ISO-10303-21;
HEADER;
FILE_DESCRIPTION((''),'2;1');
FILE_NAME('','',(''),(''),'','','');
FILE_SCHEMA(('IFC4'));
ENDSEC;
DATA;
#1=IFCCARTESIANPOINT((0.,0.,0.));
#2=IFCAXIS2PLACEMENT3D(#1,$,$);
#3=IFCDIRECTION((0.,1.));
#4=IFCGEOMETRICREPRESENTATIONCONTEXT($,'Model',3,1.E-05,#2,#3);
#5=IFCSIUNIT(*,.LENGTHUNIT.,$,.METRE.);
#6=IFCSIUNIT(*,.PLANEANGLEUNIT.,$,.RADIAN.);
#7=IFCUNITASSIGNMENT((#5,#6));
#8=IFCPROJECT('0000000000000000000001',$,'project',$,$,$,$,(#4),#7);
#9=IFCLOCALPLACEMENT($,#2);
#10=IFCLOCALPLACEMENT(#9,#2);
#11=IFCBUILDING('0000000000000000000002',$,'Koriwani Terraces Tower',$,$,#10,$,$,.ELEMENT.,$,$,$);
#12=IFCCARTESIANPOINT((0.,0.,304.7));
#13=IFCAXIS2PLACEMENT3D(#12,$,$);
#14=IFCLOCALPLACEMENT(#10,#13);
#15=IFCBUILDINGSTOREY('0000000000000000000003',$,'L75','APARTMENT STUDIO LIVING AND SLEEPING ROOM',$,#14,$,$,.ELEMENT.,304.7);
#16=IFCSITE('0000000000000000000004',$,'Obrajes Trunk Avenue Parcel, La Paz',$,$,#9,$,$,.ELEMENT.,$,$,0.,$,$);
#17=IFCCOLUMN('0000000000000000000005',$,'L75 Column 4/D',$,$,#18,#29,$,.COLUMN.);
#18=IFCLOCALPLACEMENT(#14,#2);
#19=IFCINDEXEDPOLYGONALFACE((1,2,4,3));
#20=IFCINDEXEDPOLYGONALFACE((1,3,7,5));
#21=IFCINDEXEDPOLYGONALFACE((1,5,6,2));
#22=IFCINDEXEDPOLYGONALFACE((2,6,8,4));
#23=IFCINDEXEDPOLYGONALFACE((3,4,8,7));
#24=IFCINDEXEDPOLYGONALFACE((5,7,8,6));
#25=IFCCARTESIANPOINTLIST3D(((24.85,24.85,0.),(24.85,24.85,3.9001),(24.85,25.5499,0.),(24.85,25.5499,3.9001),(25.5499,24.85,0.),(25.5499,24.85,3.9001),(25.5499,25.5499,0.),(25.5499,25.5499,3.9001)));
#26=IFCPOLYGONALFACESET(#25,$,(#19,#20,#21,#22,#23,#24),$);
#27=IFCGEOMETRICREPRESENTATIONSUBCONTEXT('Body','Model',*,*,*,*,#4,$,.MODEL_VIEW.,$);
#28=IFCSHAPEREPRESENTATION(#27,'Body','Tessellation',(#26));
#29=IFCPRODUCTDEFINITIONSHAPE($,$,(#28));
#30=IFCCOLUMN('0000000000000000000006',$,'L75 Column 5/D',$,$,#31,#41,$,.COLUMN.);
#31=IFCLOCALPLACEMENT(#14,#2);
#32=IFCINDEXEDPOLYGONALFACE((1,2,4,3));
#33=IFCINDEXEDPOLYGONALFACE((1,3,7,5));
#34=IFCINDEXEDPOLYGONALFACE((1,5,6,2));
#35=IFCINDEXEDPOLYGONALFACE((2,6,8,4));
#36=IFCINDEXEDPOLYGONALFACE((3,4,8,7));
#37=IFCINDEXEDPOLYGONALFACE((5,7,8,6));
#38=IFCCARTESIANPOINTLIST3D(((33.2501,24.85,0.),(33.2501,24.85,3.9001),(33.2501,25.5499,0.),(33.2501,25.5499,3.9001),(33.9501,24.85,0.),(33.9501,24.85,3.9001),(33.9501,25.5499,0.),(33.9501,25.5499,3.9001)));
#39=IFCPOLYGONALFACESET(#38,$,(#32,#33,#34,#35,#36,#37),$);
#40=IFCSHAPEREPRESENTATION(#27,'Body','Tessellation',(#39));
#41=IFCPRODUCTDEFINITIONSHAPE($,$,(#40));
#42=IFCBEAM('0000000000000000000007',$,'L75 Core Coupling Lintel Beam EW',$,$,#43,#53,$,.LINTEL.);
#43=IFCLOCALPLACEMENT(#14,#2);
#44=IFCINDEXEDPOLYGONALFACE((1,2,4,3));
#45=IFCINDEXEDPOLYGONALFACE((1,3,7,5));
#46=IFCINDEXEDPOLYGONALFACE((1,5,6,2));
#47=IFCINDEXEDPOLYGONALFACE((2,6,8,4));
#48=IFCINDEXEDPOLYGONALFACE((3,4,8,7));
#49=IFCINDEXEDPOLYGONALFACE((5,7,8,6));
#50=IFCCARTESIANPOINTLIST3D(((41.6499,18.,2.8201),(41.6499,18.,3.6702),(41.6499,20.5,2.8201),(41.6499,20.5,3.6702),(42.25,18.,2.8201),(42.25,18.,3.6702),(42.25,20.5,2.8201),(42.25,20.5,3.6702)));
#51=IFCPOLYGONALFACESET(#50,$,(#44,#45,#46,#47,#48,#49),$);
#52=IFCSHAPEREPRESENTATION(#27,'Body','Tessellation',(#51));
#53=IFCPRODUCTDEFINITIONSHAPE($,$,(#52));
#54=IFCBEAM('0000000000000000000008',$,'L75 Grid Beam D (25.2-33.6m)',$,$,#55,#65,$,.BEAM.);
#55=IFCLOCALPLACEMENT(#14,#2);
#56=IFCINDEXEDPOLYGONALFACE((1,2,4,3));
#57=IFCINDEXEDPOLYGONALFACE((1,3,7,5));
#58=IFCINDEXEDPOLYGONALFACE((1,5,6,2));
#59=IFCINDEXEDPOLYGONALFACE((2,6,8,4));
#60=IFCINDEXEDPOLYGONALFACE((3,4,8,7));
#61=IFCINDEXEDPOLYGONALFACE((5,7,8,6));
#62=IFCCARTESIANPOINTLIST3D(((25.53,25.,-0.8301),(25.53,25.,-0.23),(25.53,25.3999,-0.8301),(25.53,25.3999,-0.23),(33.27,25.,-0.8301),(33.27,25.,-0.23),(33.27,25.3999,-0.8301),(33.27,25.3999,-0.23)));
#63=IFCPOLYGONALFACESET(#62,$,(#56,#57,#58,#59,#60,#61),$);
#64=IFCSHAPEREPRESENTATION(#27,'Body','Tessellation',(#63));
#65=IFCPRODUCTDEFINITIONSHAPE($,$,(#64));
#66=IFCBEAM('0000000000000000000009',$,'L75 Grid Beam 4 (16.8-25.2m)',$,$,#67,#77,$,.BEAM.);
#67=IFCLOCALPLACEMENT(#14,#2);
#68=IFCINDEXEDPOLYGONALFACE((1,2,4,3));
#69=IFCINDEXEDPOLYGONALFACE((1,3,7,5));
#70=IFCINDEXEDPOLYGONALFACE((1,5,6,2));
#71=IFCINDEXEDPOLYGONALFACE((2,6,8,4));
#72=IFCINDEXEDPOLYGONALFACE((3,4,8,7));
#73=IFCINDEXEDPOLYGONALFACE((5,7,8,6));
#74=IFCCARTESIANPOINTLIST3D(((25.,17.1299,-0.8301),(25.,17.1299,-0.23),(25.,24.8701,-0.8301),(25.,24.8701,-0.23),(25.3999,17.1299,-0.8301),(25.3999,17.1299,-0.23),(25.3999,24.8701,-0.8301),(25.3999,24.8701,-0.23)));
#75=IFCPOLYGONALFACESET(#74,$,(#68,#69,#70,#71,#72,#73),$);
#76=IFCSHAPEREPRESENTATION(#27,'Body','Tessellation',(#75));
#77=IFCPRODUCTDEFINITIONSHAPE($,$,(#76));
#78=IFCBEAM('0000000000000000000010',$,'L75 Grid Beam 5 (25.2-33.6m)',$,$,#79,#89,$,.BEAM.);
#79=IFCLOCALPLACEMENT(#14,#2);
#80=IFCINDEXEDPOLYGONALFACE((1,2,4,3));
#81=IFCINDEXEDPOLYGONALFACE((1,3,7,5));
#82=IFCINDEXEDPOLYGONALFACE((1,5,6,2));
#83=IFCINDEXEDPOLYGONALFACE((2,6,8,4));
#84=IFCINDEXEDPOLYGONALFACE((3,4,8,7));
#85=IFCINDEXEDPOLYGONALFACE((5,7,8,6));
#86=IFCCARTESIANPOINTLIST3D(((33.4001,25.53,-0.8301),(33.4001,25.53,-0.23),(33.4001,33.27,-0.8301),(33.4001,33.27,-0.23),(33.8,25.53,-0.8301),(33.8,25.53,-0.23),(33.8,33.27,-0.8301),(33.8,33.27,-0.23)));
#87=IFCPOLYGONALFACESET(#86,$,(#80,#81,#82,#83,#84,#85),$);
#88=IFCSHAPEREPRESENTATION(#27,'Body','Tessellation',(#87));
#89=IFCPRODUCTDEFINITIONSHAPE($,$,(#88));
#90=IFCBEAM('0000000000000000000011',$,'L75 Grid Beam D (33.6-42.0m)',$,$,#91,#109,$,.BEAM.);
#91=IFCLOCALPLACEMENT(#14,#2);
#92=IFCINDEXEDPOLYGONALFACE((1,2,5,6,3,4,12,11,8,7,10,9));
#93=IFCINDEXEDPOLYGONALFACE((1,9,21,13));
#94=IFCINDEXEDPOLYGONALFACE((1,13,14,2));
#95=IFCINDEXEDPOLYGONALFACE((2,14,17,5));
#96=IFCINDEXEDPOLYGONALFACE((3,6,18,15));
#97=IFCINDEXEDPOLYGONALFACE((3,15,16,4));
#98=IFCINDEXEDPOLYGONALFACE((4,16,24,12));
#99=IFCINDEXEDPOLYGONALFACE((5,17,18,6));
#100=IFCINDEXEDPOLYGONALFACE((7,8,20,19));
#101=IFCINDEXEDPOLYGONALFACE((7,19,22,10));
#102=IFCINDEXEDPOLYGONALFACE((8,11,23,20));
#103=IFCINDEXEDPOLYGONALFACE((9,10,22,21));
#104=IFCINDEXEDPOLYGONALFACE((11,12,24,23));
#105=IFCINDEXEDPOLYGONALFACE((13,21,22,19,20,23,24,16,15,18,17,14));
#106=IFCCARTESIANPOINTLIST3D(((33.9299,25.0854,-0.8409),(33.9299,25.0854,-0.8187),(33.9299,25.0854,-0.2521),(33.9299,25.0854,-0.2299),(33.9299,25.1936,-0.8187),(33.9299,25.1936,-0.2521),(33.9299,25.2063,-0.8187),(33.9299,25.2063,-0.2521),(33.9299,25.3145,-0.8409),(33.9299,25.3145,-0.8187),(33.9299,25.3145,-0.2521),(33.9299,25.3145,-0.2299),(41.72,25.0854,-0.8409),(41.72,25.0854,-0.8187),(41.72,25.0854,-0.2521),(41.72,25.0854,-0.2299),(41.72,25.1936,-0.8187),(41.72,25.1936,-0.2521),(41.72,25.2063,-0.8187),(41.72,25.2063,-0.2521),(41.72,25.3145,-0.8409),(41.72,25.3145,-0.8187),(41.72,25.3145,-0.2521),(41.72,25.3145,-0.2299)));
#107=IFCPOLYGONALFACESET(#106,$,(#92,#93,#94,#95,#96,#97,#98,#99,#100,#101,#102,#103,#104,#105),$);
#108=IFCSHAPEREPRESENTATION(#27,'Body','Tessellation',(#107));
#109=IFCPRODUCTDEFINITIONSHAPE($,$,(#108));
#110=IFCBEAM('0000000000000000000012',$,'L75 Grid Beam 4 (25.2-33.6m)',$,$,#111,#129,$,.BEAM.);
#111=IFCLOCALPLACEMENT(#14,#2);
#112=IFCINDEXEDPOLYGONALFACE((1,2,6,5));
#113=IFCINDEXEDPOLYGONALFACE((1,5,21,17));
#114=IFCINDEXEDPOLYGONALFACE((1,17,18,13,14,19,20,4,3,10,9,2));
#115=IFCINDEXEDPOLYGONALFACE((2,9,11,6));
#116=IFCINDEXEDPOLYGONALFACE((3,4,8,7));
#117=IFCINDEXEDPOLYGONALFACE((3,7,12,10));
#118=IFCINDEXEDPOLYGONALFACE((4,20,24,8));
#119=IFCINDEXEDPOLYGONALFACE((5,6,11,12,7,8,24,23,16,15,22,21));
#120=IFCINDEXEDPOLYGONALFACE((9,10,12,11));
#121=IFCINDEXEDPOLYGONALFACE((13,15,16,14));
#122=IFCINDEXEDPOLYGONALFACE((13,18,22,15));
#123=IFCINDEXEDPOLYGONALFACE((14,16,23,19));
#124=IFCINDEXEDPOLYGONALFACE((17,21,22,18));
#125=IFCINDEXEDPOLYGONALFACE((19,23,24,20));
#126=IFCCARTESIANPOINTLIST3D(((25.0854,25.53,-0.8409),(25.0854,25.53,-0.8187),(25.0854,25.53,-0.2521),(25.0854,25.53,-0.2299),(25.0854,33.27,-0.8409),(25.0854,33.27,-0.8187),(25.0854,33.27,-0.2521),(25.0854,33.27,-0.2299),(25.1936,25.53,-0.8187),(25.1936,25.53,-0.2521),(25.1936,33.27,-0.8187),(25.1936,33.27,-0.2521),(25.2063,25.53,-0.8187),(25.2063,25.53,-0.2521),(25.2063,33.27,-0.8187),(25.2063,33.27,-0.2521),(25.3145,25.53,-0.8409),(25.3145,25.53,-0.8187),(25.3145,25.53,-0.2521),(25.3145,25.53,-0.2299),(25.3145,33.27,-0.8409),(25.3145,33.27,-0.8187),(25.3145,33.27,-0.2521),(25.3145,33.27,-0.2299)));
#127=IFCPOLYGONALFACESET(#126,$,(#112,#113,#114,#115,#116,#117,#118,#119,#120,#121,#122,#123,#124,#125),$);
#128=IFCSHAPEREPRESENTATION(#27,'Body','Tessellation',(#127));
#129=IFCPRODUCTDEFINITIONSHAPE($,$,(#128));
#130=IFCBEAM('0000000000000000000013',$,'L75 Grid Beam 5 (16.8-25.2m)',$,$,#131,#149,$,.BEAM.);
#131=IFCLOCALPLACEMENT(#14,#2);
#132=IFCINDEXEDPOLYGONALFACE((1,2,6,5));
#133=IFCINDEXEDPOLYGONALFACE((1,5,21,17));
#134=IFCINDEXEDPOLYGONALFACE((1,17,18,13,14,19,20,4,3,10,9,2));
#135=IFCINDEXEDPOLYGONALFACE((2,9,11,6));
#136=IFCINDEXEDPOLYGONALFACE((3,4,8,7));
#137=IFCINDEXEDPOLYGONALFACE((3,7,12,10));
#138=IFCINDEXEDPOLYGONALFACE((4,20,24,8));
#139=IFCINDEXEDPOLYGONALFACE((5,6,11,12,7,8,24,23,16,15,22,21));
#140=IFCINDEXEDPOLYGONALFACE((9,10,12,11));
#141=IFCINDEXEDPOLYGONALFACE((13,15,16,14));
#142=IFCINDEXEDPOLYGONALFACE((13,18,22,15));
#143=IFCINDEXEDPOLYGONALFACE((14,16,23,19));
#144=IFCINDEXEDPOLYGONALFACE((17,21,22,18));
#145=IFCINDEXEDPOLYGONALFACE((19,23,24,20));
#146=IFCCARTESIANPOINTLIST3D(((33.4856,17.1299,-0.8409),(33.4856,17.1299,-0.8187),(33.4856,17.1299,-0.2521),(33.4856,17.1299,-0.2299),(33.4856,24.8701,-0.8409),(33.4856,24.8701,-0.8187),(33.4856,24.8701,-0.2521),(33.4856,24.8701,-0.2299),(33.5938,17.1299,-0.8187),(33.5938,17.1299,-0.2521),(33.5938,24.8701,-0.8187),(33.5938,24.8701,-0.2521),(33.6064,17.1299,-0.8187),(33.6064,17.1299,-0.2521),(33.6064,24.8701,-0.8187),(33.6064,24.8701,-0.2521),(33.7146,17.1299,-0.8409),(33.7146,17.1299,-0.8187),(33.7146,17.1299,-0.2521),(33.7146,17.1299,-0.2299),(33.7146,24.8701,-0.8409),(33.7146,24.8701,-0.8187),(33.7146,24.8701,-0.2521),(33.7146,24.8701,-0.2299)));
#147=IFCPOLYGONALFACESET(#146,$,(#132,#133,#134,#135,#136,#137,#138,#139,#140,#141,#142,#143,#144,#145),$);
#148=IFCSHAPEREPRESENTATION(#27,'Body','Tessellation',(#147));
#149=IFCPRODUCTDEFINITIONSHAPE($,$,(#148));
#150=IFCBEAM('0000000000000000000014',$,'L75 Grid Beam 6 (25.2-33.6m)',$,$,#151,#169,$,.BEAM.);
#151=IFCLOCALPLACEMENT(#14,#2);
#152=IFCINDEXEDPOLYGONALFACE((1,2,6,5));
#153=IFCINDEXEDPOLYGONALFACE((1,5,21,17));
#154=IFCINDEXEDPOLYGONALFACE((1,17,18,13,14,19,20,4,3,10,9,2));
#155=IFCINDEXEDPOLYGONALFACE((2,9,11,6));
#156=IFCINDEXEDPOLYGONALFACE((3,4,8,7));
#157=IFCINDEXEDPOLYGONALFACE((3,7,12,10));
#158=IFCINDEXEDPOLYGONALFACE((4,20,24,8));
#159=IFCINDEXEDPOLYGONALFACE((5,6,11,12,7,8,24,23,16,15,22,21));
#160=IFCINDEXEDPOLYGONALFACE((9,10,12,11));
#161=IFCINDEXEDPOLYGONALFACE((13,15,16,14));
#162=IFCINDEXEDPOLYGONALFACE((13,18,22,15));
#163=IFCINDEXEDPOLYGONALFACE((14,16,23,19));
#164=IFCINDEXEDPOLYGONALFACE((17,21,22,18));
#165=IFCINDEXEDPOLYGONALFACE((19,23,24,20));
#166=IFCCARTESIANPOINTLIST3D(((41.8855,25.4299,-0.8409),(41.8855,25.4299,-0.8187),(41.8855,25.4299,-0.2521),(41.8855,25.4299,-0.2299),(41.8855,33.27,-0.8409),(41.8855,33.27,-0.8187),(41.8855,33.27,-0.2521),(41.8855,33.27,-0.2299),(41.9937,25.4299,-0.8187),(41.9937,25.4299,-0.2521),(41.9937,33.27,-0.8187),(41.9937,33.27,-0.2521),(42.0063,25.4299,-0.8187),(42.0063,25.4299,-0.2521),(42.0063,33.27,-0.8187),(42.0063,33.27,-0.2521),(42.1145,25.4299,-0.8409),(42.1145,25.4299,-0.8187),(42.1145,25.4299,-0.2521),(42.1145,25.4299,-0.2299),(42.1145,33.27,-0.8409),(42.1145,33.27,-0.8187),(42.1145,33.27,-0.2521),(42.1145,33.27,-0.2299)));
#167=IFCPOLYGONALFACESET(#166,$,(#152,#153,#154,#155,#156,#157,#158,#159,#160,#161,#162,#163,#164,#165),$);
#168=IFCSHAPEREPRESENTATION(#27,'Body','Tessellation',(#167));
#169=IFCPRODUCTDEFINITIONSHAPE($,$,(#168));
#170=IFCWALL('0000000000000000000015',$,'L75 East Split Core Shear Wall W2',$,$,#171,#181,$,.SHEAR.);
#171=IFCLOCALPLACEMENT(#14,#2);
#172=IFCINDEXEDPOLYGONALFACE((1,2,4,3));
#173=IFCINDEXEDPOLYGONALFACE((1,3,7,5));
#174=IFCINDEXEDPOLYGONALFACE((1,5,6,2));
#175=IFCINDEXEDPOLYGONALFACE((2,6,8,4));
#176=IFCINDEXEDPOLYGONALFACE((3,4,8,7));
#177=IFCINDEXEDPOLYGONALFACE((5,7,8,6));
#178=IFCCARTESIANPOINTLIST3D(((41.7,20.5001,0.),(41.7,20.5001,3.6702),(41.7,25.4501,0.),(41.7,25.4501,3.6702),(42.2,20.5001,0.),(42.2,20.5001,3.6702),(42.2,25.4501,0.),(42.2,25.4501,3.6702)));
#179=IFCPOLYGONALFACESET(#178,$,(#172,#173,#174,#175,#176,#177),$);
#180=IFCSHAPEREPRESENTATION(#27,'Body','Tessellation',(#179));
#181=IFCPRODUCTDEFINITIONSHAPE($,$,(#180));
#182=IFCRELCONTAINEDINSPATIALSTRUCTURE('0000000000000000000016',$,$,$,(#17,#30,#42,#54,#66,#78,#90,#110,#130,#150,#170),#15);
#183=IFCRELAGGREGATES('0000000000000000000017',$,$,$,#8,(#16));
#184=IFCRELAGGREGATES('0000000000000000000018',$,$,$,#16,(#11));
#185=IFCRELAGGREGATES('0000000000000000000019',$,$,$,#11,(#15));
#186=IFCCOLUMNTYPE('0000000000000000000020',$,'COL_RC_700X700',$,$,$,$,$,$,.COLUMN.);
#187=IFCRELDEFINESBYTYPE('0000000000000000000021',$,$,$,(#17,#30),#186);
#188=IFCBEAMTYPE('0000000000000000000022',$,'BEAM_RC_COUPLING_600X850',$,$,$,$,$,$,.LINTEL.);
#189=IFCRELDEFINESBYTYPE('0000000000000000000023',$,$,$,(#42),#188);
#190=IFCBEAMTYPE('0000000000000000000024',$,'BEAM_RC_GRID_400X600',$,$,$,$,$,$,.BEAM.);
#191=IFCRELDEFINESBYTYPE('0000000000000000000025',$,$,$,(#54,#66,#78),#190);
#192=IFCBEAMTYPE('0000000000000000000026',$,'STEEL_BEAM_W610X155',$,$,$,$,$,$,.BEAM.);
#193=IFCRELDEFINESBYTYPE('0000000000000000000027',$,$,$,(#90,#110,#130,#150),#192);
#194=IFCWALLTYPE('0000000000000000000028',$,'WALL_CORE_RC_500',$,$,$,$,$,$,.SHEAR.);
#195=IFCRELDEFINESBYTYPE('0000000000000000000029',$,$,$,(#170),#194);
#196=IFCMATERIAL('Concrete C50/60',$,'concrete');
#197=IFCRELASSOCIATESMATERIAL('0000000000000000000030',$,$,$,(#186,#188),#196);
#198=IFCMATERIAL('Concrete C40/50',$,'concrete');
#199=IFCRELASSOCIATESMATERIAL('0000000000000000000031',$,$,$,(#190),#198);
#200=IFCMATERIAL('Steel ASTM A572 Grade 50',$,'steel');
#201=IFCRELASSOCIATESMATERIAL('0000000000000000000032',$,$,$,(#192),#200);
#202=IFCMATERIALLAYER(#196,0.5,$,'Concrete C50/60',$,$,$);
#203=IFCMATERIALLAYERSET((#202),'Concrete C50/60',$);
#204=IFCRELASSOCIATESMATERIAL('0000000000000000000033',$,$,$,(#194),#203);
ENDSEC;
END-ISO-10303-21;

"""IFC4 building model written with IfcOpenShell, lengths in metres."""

from ifc_helpers import new_model, si_unit, direction, frame, frame_2d, origin, origin_2d, place, context, subcontext, project, spatial, rectangle, i_section, extrude, material, layer, layer_set, material_profile, profile_set, type_object, element, save


model = new_model("IFC4")

# Units and contexts
model_context = context("Model", 3, precision=1e-05, world=origin(), true_north=direction((0.0, 1.0)))
body_context = subcontext(model_context, "Body", "Model", "MODEL_VIEW")
ifc_project = project(units=[si_unit("LENGTHUNIT", "METRE"), si_unit("PLANEANGLEUNIT", "RADIAN")], contexts=[model_context])

# Site, building, storey
site_placement = place(None, origin())
site = spatial("IfcSite", under=ifc_project, at=site_placement, Name="Obrajes Trunk Avenue Parcel, La Paz", CompositionType="ELEMENT", RefElevation=0.0)
building_placement = place(site_placement, origin())
building = spatial("IfcBuilding", under=site, at=building_placement, Name="Koriwani Terraces Tower", CompositionType="ELEMENT")
storey_placement = place(building_placement, frame((0.0, 0.0, 304.7)))
storey = spatial("IfcBuildingStorey", under=building, at=storey_placement, Name="L75", Description="APARTMENT STUDIO LIVING AND SLEEPING ROOM", CompositionType="ELEMENT", Elevation=304.7)

# Columns
ifc_material_1 = material(Name="Concrete C50/60", Category="concrete")
ifc_material_profile_1 = material_profile(ifc_material_1, rectangle(XDim=0.7, YDim=0.7, at=origin_2d()), Name="Concrete C50/60", Category="LoadBearing")
ifc_profile_set_1 = profile_set([ifc_material_profile_1], Name="Concrete C50/60")
column_type = type_object("IfcColumnType", Name="COL_RC_700X700", PredefinedType="COLUMN", material=ifc_profile_set_1)
for number, where, z_axis, x_axis, name in (
    (1, (25.2, 25.2, 0.0), (0.0, 0.0, 1.0), (1.0, 0.0, 0.0), "L75 Column 4/D"),
    (2, (33.6001, 25.2, 0.0), (0.0, 0.0, 1.0), (1.0, 0.0, 0.0), "L75 Column 5/D"),
):
    element("IfcColumn", number, at=place(storey_placement, frame(where, z_axis=z_axis, x_axis=x_axis)), inside=storey, type_object=column_type, Name=name, PredefinedType="COLUMN", context=body_context, shape_type="SweptSolid", body=[
        extrude(rectangle(XDim=0.7, YDim=0.7, at=origin_2d()), origin(), (0.0, 0.0, 1.0), 3.9001),
    ])

# Beams
ifc_material_profile_2 = material_profile(ifc_material_1, rectangle(XDim=0.6001, YDim=0.8501, at=origin_2d()), Name="Concrete C50/60", Category="LoadBearing")
ifc_profile_set_2 = profile_set([ifc_material_profile_2], Name="Concrete C50/60")
beam_type_1 = type_object("IfcBeamType", Name="BEAM_RC_COUPLING_600X850", PredefinedType="LINTEL", material=ifc_profile_set_2)
beam_1_placement = place(storey_placement, frame((41.95, 18.0, 3.2451), z_axis=(0.0, 1.0, 0.0), x_axis=(-1.0, 0.0, 0.0)))
element("IfcBeam", 3, at=beam_1_placement, inside=storey, type_object=beam_type_1, Name="L75 Core Coupling Lintel Beam EW", PredefinedType="LINTEL", context=body_context, shape_type="SweptSolid", body=[
    extrude(rectangle(XDim=0.6001, YDim=0.8501, at=origin_2d()), origin(), (0.0, 0.0, 1.0), 2.5),
])
ifc_material_2 = material(Name="Concrete C40/50", Category="concrete")
ifc_material_profile_3 = material_profile(ifc_material_2, rectangle(XDim=0.3999, YDim=0.6001, at=origin_2d()), Name="Concrete C40/50", Category="LoadBearing")
ifc_profile_set_3 = profile_set([ifc_material_profile_3], Name="Concrete C40/50")
beam_type_2 = type_object("IfcBeamType", Name="BEAM_RC_GRID_400X600", PredefinedType="BEAM", material=ifc_profile_set_3)
beam_2_placement = place(storey_placement, frame((25.53, 25.2, -0.53), z_axis=(1.0, 0.0, 0.0), x_axis=(0.0, 1.0, 0.0)))
element("IfcBeam", 4, at=beam_2_placement, inside=storey, type_object=beam_type_2, Name="L75 Grid Beam D (25.2-33.6m)", PredefinedType="BEAM", context=body_context, shape_type="SweptSolid", body=[
    extrude(rectangle(XDim=0.3999, YDim=0.6001, at=origin_2d()), origin(), (0.0, 0.0, 1.0), 7.74),
])
beam_3_placement = place(storey_placement, frame((25.2, 17.1299, -0.53), z_axis=(0.0, 1.0, 0.0), x_axis=(-1.0, 0.0, 0.0)))
element("IfcBeam", 5, at=beam_3_placement, inside=storey, type_object=beam_type_2, Name="L75 Grid Beam 4 (16.8-25.2m)", PredefinedType="BEAM", context=body_context, shape_type="SweptSolid", body=[
    extrude(rectangle(XDim=0.3999, YDim=0.6001, at=origin_2d()), origin(), (0.0, 0.0, 1.0), 7.7402),
])
beam_4_placement = place(storey_placement, frame((33.6001, 25.53, -0.53), z_axis=(0.0, 1.0, 0.0), x_axis=(-1.0, 0.0, 0.0)))
element("IfcBeam", 6, at=beam_4_placement, inside=storey, type_object=beam_type_2, Name="L75 Grid Beam 5 (25.2-33.6m)", PredefinedType="BEAM", context=body_context, shape_type="SweptSolid", body=[
    extrude(rectangle(XDim=0.3999, YDim=0.6001, at=origin_2d()), origin(), (0.0, 0.0, 1.0), 7.74),
])
ifc_material_3 = material(Name="Steel ASTM A572 Grade 50", Category="steel")
ifc_material_profile_4 = material_profile(ifc_material_3, i_section(OverallWidth=0.229, OverallDepth=0.6111, WebThickness=0.0127, FlangeThickness=0.0222, at=origin_2d()), Name="Steel ASTM A572 Grade 50", Category="LoadBearing")
ifc_profile_set_4 = profile_set([ifc_material_profile_4], Name="Steel ASTM A572 Grade 50")
beam_type_3 = type_object("IfcBeamType", Name="STEEL_BEAM_W610X155", PredefinedType="BEAM", material=ifc_profile_set_4)
beam_5_placement = place(storey_placement, frame((33.9299, 25.2, -0.5354), z_axis=(1.0, 0.0, 0.0), x_axis=(0.0, 1.0, 0.0)))
element("IfcBeam", 7, at=beam_5_placement, inside=storey, type_object=beam_type_3, Name="L75 Grid Beam D (33.6-42.0m)", PredefinedType="BEAM", context=body_context, shape_type="SweptSolid", body=[
    extrude(i_section(OverallWidth=0.229, OverallDepth=0.6111, WebThickness=0.0127, FlangeThickness=0.0222, at=origin_2d()), origin(), (0.0, 0.0, 1.0), 7.79),
])
beam_6_placement = place(storey_placement, frame((25.2, 25.53, -0.5354), z_axis=(0.0, 1.0, 0.0), x_axis=(-1.0, 0.0, 0.0)))
element("IfcBeam", 8, at=beam_6_placement, inside=storey, type_object=beam_type_3, Name="L75 Grid Beam 4 (25.2-33.6m)", PredefinedType="BEAM", context=body_context, shape_type="SweptSolid", body=[
    extrude(i_section(OverallWidth=0.229, OverallDepth=0.6111, WebThickness=0.0127, FlangeThickness=0.0222, at=origin_2d()), origin(), (0.0, 0.0, 1.0), 7.74),
])
beam_7_placement = place(storey_placement, frame((33.6001, 17.1299, -0.5354), z_axis=(0.0, 1.0, 0.0), x_axis=(-1.0, 0.0, 0.0)))
element("IfcBeam", 9, at=beam_7_placement, inside=storey, type_object=beam_type_3, Name="L75 Grid Beam 5 (16.8-25.2m)", PredefinedType="BEAM", context=body_context, shape_type="SweptSolid", body=[
    extrude(i_section(OverallWidth=0.229, OverallDepth=0.6111, WebThickness=0.0127, FlangeThickness=0.0222, at=origin_2d()), origin(), (0.0, 0.0, 1.0), 7.7402),
])
beam_8_placement = place(storey_placement, frame((42.0, 25.4299, -0.5354), z_axis=(0.0, 1.0, 0.0), x_axis=(-1.0, 0.0, 0.0)))
element("IfcBeam", 10, at=beam_8_placement, inside=storey, type_object=beam_type_3, Name="L75 Grid Beam 6 (25.2-33.6m)", PredefinedType="BEAM", context=body_context, shape_type="SweptSolid", body=[
    extrude(i_section(OverallWidth=0.229, OverallDepth=0.6111, WebThickness=0.0127, FlangeThickness=0.0222, at=origin_2d()), origin(), (0.0, 0.0, 1.0), 7.8401),
])

# Wall
ifc_layer_1 = layer(ifc_material_1, 0.5, Name="Concrete C50/60")
ifc_layer_set_1 = layer_set([ifc_layer_1], Name="Concrete C50/60")
wall_type_1 = type_object("IfcWallType", Name="WALL_CORE_RC_500", PredefinedType="SHEAR", material=ifc_layer_set_1)
wall_1_placement = place(storey_placement, frame((41.95, 20.5, 0.0), z_axis=(0.0, 0.0, 1.0), x_axis=(0.0, 1.0, 0.0)))
element("IfcWall", 11, at=wall_1_placement, inside=storey, type_object=wall_type_1, Name="L75 East Split Core Shear Wall W2", PredefinedType="SHEAR", context=body_context, shape_type="SweptSolid", body=[
    extrude(rectangle(XDim=4.95, YDim=0.5, at=frame_2d((2.4751, 0.0))), origin(), (0.0, 0.0, 1.0), 3.6702),
])

save(model, "model.ifc")
